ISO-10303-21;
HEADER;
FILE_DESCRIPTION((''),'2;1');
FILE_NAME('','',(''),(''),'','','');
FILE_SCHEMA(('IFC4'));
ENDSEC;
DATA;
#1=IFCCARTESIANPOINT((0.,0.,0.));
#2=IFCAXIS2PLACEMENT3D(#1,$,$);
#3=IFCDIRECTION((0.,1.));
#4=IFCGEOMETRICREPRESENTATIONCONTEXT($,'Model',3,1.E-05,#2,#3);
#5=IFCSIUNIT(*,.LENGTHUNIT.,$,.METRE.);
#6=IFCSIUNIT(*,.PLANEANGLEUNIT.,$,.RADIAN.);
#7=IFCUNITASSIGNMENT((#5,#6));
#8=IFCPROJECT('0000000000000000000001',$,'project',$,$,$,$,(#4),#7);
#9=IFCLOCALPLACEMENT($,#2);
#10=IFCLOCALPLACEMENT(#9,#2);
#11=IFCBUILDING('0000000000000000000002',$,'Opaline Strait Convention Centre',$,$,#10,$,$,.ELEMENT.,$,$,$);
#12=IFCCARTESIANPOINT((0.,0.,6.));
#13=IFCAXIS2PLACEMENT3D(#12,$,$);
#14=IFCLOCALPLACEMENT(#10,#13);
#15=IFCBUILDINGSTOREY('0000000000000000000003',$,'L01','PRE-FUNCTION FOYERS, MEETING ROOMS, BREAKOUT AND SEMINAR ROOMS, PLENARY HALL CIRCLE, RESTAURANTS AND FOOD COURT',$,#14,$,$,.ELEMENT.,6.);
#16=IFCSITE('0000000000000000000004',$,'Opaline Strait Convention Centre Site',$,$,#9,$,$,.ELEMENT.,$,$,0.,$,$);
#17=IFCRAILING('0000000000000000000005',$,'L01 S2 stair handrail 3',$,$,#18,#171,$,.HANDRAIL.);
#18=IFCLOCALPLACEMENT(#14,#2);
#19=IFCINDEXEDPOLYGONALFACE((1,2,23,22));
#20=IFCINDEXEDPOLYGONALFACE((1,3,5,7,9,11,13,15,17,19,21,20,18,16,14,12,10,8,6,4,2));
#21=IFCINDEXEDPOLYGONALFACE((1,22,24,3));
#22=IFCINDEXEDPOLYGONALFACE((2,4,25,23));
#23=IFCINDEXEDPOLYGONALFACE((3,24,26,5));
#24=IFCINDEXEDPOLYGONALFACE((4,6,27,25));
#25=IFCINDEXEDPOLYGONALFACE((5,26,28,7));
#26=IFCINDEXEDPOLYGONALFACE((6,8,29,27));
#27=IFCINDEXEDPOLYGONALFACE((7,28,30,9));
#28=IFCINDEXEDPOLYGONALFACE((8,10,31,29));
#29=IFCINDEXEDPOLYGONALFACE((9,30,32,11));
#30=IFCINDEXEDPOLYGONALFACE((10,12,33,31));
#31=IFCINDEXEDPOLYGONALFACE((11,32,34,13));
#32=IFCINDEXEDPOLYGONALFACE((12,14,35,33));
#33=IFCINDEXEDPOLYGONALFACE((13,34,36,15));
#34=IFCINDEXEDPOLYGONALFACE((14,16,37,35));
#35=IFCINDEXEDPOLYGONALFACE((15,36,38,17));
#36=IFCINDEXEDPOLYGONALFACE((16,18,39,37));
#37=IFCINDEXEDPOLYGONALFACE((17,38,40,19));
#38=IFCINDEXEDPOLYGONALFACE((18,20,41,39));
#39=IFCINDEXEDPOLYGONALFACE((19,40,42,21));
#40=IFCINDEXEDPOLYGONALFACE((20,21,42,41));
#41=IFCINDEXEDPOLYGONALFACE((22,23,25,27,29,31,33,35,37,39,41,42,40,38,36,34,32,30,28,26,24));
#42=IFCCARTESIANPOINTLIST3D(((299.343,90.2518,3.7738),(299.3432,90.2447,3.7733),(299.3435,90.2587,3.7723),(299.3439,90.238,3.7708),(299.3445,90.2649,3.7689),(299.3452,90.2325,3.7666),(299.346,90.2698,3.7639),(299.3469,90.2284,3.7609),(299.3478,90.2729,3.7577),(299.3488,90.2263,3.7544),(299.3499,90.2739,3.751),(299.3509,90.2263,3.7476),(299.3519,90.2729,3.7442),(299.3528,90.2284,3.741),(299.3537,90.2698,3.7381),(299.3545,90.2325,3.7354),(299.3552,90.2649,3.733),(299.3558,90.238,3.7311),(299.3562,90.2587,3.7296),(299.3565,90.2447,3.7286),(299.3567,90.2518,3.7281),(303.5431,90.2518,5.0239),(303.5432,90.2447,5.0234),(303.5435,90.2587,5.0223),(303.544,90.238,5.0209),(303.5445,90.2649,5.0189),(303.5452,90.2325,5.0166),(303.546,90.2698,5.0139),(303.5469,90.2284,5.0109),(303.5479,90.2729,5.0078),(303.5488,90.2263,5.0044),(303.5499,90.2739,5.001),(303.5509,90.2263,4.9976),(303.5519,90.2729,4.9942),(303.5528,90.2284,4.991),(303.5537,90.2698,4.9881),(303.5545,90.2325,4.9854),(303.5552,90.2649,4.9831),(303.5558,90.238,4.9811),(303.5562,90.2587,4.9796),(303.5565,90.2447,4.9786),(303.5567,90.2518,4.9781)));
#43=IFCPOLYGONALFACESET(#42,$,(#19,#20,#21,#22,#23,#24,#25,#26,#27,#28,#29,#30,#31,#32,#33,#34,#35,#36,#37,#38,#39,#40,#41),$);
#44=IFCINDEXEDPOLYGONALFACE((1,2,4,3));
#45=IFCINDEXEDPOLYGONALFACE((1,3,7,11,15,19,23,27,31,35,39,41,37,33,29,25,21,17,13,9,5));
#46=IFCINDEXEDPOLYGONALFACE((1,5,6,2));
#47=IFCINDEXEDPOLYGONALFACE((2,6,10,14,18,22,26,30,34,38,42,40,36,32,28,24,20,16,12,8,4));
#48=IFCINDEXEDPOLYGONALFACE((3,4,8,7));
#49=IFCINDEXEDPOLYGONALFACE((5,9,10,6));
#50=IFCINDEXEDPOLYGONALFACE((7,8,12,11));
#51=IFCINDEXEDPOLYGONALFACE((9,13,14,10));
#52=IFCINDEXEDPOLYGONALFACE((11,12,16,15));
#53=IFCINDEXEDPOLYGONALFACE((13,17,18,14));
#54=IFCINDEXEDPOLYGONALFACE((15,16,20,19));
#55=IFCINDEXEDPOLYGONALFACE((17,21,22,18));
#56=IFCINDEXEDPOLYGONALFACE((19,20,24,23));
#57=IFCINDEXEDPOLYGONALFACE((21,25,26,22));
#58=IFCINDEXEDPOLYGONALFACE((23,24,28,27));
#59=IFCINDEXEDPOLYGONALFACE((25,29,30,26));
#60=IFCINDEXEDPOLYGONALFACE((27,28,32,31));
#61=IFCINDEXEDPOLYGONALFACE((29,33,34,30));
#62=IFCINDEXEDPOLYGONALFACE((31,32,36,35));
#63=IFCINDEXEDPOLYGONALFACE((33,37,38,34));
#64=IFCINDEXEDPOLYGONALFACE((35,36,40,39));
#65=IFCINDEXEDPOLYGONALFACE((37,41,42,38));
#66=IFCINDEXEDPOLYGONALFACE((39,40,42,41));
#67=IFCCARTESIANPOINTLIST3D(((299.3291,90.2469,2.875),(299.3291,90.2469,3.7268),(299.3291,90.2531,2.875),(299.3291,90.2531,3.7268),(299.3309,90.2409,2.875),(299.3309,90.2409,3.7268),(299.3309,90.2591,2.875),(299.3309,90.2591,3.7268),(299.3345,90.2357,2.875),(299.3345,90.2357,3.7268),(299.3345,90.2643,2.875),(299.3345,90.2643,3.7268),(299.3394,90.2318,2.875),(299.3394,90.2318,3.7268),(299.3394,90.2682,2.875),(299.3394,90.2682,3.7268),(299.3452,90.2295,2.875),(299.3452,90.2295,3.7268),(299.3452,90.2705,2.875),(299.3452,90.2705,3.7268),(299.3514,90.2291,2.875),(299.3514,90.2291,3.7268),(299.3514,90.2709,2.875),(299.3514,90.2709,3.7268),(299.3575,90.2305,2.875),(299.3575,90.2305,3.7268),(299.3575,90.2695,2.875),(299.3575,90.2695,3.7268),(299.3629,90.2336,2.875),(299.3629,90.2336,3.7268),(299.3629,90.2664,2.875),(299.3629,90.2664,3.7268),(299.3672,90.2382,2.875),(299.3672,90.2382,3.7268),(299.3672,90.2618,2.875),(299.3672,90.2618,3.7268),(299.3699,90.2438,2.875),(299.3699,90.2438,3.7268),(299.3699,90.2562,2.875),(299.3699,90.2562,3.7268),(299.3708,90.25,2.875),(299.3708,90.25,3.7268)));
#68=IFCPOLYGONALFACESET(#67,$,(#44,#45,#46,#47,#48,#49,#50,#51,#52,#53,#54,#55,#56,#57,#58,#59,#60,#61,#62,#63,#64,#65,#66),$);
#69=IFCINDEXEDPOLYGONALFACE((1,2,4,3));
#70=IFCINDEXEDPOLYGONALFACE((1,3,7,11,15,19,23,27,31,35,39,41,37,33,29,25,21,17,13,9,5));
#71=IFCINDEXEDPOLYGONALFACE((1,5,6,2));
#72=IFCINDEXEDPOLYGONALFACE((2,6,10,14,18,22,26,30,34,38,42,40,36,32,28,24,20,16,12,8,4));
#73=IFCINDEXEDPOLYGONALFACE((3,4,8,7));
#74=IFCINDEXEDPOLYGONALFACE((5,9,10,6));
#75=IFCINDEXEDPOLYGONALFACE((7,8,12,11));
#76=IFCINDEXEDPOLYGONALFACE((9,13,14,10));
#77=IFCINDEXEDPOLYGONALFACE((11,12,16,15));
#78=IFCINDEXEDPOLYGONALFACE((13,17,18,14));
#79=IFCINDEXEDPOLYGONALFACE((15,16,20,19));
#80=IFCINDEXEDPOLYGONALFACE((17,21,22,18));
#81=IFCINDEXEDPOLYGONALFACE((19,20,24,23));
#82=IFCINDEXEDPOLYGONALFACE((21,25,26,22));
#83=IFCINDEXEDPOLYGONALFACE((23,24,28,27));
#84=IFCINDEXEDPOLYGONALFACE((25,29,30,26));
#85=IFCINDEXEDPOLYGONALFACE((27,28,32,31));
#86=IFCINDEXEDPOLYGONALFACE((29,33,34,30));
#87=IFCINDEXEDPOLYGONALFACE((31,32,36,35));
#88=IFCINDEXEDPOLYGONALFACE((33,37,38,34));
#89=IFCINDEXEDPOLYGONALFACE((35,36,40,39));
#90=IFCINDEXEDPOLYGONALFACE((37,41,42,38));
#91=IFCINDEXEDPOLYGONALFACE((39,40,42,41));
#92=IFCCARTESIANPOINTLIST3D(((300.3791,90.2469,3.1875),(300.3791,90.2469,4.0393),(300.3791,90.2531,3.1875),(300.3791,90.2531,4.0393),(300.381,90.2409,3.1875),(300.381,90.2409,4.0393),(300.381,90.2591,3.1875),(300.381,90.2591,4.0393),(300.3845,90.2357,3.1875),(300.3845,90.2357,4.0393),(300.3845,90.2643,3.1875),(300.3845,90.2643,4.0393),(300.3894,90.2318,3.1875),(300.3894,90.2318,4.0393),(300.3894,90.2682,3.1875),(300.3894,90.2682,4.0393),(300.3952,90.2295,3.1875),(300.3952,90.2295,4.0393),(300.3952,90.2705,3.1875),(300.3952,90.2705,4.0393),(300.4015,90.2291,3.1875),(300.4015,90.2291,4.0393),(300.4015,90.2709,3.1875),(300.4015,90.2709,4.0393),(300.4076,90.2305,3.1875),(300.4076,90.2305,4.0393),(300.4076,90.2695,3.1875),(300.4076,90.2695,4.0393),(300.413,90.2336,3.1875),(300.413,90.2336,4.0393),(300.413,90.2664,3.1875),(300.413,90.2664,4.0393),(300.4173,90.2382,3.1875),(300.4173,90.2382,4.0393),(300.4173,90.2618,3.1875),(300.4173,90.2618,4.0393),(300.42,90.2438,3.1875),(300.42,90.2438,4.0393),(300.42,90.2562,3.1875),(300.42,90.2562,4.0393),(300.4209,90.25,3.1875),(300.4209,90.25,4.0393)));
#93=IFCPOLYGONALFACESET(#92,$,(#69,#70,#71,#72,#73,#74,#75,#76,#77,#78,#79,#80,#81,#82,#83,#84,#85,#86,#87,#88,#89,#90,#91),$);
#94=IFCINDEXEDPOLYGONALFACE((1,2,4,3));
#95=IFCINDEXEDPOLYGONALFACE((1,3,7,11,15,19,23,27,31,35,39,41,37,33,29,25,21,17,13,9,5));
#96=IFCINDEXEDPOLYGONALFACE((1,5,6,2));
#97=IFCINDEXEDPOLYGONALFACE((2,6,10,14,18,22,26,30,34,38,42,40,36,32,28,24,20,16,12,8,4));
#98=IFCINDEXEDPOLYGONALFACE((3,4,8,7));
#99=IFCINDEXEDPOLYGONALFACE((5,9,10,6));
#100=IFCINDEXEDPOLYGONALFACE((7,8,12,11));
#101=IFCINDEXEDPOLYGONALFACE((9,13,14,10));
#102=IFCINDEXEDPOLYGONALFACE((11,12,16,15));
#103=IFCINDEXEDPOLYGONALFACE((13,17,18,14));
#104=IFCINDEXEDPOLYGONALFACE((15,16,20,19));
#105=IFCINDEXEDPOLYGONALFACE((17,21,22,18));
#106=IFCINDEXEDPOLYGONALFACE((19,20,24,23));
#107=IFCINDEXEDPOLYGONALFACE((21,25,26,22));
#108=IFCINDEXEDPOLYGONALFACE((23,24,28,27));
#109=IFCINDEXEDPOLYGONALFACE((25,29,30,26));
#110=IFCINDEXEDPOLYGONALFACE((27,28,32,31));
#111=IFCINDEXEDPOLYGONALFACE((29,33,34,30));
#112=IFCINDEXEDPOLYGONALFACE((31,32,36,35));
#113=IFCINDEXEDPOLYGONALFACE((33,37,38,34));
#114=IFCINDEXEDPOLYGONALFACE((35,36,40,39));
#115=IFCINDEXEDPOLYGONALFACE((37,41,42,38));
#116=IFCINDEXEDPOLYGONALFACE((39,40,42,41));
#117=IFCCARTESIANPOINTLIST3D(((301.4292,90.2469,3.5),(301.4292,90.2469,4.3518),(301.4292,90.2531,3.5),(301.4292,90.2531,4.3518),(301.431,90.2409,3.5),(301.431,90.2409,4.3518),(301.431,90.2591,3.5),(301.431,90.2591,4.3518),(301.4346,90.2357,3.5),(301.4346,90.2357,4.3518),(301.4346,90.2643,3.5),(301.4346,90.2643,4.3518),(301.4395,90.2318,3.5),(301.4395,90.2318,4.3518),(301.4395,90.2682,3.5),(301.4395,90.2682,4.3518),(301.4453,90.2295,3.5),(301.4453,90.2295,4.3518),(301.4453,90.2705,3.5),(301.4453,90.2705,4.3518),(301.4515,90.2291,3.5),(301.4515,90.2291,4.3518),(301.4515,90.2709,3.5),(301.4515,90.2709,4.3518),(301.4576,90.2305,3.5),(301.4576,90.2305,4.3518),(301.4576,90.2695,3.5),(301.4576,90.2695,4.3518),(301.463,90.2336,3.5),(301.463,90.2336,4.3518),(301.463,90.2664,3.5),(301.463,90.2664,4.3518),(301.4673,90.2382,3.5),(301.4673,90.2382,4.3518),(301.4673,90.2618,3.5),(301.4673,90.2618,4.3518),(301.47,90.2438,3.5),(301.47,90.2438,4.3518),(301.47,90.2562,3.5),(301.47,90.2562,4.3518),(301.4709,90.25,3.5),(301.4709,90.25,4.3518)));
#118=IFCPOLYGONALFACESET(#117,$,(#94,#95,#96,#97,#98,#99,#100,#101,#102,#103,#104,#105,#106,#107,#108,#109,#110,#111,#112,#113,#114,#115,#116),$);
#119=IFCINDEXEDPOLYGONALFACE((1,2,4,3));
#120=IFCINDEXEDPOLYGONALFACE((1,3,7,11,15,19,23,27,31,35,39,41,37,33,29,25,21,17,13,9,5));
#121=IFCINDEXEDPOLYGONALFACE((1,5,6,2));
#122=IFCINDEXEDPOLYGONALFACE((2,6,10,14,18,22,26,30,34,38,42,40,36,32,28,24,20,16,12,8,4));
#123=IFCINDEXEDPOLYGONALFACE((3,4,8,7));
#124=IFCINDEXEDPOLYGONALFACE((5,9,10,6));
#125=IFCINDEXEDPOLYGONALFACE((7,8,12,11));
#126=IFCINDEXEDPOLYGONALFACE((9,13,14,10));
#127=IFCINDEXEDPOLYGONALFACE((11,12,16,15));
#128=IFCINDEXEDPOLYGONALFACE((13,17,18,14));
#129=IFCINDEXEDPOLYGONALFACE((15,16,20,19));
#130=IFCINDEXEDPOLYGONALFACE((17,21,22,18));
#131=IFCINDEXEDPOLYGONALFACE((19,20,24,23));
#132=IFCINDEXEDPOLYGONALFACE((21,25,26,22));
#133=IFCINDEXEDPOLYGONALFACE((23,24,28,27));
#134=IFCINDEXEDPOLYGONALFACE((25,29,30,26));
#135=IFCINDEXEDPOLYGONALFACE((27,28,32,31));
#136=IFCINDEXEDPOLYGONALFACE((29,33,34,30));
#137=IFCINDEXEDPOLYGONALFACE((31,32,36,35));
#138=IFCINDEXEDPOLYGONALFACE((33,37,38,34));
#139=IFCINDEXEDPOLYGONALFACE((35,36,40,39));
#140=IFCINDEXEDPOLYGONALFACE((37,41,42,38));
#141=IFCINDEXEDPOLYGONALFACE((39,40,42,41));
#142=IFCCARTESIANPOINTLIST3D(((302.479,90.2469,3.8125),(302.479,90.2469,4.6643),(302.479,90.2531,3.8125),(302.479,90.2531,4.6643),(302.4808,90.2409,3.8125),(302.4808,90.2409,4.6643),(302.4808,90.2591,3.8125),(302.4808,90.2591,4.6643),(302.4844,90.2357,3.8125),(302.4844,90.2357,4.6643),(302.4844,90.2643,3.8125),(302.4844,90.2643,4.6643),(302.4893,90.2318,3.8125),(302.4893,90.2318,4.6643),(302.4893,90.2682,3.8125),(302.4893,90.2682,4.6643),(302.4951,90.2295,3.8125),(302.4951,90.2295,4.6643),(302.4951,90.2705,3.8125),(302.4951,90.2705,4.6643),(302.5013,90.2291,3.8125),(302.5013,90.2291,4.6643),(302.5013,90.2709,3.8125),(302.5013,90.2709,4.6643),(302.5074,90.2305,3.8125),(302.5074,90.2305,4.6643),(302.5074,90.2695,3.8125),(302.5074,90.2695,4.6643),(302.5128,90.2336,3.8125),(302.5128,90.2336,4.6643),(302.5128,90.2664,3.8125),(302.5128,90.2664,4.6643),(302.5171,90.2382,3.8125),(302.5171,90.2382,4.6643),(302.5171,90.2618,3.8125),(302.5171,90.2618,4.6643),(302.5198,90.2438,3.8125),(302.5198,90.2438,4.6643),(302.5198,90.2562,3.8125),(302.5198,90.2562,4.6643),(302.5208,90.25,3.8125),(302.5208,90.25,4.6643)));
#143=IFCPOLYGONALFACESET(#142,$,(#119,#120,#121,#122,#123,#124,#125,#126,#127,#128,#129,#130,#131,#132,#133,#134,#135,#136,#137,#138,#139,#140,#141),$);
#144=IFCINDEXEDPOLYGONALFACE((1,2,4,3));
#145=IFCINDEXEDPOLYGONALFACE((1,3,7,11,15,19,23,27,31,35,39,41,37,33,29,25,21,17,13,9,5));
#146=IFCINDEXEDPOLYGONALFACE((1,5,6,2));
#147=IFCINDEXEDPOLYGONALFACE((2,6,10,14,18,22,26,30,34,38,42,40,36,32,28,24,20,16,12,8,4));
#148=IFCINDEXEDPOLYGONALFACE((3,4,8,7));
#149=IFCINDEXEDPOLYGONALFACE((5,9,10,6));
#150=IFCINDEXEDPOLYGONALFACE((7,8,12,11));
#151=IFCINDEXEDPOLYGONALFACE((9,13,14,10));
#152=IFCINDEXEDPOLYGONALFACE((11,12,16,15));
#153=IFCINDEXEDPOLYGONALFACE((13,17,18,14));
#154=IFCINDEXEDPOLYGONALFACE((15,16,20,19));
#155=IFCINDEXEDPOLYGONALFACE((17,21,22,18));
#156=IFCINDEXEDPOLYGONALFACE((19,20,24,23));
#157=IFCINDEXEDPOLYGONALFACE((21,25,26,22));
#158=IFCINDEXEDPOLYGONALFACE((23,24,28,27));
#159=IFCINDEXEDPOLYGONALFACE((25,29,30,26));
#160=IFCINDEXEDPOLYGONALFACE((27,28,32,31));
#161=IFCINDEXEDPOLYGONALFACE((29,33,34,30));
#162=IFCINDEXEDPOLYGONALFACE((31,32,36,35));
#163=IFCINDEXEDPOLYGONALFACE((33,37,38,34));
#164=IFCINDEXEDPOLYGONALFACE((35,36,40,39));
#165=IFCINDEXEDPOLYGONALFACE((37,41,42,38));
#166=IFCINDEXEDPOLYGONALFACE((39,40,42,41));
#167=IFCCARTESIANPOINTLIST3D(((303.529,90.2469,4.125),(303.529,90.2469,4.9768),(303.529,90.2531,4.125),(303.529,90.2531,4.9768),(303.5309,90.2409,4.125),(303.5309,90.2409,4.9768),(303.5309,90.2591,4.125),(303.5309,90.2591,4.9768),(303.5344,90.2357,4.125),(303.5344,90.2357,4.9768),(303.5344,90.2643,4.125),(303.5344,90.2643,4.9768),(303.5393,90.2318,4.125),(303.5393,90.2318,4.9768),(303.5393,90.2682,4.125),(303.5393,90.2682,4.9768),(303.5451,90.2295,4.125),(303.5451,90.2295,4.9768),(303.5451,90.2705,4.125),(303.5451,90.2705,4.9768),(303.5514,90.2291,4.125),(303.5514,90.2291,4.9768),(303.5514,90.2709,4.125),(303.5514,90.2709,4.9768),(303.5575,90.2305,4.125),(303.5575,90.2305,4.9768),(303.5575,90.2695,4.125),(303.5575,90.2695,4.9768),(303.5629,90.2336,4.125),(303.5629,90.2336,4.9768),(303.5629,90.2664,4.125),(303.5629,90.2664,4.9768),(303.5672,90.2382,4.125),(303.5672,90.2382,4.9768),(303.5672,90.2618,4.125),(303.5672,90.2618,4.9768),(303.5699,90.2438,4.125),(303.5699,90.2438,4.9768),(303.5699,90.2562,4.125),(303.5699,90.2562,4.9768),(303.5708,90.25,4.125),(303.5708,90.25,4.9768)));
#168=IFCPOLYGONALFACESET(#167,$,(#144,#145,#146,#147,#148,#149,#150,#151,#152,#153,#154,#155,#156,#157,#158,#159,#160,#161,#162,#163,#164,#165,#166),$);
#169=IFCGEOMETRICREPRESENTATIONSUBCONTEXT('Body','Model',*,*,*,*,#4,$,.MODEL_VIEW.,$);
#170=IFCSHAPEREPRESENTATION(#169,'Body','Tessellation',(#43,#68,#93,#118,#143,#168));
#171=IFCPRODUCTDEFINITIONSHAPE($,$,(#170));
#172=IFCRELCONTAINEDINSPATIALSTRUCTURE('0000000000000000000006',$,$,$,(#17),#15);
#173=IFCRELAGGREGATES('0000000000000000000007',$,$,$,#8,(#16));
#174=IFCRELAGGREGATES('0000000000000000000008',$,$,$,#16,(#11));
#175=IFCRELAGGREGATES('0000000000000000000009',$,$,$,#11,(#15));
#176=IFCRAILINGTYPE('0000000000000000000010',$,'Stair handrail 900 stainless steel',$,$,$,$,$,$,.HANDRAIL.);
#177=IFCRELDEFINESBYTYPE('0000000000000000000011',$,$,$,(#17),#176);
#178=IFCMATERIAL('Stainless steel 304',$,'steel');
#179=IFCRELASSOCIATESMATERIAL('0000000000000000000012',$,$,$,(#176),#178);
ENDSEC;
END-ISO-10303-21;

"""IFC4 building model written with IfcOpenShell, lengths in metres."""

from ifc_helpers import new_model, si_unit, direction, frame, origin, origin_2d, place, context, subcontext, project, spatial, circle, extrude, material, type_object, element, save


model = new_model("IFC4")

# Units and contexts
model_context = context("Model", 3, precision=1e-05, world=origin(), true_north=direction((0.0, 1.0)))
body_context = subcontext(model_context, "Body", "Model", "MODEL_VIEW")
ifc_project = project(units=[si_unit("LENGTHUNIT", "METRE"), si_unit("PLANEANGLEUNIT", "RADIAN")], contexts=[model_context])

# Site, building, storey
site_placement = place(None, origin())
site = spatial("IfcSite", under=ifc_project, at=site_placement, Name="Opaline Strait Convention Centre Site", CompositionType="ELEMENT", RefElevation=0.0)
building_placement = place(site_placement, origin())
building = spatial("IfcBuilding", under=site, at=building_placement, Name="Opaline Strait Convention Centre", CompositionType="ELEMENT")
storey_placement = place(building_placement, frame((0.0, 0.0, 6.0)))
storey = spatial("IfcBuildingStorey", under=building, at=storey_placement, Name="L01", Description="PRE-FUNCTION FOYERS, MEETING ROOMS, BREAKOUT AND SEMINAR ROOMS, PLENARY HALL CIRCLE, RESTAURANTS AND FOOD COURT", CompositionType="ELEMENT", Elevation=6.0)

# Railing
ifc_material_1 = material(Name="Stainless steel 304", Category="steel")
railing_type_1 = type_object("IfcRailingType", Name="Stair handrail 900 stainless steel", PredefinedType="HANDRAIL", material=ifc_material_1)
railing_1_placement = place(storey_placement, frame((299.3499, 90.25, 2.875)))
element("IfcRailing", 1, at=railing_1_placement, inside=storey, type_object=railing_type_1, Name="L01 S2 stair handrail 3", PredefinedType="HANDRAIL", context=body_context, shape_type="SweptSolid", body=[
    extrude(circle(Radius=0.0239, at=origin_2d()), frame((0.0, 0.0, 0.876), z_axis=(0.958451, 0.0, 0.285257), x_axis=(0.0, 1.0, 0.0)), (0.0, 0.0, 1.0), 4.3821),
    extrude(circle(Radius=0.021, at=origin_2d()), origin(), (0.0, 0.0, 1.0), 0.8518),
    extrude(circle(Radius=0.021, at=origin_2d()), frame((1.05, 0.0, 0.3125)), (0.0, 0.0, 1.0), 0.8518),
    extrude(circle(Radius=0.021, at=origin_2d()), frame((2.1001, 0.0, 0.625)), (0.0, 0.0, 1.0), 0.8518),
    extrude(circle(Radius=0.021, at=origin_2d()), frame((3.1499, 0.0, 0.9375)), (0.0, 0.0, 1.0), 0.8518),
    extrude(circle(Radius=0.021, at=origin_2d()), frame((4.2, 0.0, 1.25)), (0.0, 0.0, 1.0), 0.8518),
])

save(model, "model.ifc")
